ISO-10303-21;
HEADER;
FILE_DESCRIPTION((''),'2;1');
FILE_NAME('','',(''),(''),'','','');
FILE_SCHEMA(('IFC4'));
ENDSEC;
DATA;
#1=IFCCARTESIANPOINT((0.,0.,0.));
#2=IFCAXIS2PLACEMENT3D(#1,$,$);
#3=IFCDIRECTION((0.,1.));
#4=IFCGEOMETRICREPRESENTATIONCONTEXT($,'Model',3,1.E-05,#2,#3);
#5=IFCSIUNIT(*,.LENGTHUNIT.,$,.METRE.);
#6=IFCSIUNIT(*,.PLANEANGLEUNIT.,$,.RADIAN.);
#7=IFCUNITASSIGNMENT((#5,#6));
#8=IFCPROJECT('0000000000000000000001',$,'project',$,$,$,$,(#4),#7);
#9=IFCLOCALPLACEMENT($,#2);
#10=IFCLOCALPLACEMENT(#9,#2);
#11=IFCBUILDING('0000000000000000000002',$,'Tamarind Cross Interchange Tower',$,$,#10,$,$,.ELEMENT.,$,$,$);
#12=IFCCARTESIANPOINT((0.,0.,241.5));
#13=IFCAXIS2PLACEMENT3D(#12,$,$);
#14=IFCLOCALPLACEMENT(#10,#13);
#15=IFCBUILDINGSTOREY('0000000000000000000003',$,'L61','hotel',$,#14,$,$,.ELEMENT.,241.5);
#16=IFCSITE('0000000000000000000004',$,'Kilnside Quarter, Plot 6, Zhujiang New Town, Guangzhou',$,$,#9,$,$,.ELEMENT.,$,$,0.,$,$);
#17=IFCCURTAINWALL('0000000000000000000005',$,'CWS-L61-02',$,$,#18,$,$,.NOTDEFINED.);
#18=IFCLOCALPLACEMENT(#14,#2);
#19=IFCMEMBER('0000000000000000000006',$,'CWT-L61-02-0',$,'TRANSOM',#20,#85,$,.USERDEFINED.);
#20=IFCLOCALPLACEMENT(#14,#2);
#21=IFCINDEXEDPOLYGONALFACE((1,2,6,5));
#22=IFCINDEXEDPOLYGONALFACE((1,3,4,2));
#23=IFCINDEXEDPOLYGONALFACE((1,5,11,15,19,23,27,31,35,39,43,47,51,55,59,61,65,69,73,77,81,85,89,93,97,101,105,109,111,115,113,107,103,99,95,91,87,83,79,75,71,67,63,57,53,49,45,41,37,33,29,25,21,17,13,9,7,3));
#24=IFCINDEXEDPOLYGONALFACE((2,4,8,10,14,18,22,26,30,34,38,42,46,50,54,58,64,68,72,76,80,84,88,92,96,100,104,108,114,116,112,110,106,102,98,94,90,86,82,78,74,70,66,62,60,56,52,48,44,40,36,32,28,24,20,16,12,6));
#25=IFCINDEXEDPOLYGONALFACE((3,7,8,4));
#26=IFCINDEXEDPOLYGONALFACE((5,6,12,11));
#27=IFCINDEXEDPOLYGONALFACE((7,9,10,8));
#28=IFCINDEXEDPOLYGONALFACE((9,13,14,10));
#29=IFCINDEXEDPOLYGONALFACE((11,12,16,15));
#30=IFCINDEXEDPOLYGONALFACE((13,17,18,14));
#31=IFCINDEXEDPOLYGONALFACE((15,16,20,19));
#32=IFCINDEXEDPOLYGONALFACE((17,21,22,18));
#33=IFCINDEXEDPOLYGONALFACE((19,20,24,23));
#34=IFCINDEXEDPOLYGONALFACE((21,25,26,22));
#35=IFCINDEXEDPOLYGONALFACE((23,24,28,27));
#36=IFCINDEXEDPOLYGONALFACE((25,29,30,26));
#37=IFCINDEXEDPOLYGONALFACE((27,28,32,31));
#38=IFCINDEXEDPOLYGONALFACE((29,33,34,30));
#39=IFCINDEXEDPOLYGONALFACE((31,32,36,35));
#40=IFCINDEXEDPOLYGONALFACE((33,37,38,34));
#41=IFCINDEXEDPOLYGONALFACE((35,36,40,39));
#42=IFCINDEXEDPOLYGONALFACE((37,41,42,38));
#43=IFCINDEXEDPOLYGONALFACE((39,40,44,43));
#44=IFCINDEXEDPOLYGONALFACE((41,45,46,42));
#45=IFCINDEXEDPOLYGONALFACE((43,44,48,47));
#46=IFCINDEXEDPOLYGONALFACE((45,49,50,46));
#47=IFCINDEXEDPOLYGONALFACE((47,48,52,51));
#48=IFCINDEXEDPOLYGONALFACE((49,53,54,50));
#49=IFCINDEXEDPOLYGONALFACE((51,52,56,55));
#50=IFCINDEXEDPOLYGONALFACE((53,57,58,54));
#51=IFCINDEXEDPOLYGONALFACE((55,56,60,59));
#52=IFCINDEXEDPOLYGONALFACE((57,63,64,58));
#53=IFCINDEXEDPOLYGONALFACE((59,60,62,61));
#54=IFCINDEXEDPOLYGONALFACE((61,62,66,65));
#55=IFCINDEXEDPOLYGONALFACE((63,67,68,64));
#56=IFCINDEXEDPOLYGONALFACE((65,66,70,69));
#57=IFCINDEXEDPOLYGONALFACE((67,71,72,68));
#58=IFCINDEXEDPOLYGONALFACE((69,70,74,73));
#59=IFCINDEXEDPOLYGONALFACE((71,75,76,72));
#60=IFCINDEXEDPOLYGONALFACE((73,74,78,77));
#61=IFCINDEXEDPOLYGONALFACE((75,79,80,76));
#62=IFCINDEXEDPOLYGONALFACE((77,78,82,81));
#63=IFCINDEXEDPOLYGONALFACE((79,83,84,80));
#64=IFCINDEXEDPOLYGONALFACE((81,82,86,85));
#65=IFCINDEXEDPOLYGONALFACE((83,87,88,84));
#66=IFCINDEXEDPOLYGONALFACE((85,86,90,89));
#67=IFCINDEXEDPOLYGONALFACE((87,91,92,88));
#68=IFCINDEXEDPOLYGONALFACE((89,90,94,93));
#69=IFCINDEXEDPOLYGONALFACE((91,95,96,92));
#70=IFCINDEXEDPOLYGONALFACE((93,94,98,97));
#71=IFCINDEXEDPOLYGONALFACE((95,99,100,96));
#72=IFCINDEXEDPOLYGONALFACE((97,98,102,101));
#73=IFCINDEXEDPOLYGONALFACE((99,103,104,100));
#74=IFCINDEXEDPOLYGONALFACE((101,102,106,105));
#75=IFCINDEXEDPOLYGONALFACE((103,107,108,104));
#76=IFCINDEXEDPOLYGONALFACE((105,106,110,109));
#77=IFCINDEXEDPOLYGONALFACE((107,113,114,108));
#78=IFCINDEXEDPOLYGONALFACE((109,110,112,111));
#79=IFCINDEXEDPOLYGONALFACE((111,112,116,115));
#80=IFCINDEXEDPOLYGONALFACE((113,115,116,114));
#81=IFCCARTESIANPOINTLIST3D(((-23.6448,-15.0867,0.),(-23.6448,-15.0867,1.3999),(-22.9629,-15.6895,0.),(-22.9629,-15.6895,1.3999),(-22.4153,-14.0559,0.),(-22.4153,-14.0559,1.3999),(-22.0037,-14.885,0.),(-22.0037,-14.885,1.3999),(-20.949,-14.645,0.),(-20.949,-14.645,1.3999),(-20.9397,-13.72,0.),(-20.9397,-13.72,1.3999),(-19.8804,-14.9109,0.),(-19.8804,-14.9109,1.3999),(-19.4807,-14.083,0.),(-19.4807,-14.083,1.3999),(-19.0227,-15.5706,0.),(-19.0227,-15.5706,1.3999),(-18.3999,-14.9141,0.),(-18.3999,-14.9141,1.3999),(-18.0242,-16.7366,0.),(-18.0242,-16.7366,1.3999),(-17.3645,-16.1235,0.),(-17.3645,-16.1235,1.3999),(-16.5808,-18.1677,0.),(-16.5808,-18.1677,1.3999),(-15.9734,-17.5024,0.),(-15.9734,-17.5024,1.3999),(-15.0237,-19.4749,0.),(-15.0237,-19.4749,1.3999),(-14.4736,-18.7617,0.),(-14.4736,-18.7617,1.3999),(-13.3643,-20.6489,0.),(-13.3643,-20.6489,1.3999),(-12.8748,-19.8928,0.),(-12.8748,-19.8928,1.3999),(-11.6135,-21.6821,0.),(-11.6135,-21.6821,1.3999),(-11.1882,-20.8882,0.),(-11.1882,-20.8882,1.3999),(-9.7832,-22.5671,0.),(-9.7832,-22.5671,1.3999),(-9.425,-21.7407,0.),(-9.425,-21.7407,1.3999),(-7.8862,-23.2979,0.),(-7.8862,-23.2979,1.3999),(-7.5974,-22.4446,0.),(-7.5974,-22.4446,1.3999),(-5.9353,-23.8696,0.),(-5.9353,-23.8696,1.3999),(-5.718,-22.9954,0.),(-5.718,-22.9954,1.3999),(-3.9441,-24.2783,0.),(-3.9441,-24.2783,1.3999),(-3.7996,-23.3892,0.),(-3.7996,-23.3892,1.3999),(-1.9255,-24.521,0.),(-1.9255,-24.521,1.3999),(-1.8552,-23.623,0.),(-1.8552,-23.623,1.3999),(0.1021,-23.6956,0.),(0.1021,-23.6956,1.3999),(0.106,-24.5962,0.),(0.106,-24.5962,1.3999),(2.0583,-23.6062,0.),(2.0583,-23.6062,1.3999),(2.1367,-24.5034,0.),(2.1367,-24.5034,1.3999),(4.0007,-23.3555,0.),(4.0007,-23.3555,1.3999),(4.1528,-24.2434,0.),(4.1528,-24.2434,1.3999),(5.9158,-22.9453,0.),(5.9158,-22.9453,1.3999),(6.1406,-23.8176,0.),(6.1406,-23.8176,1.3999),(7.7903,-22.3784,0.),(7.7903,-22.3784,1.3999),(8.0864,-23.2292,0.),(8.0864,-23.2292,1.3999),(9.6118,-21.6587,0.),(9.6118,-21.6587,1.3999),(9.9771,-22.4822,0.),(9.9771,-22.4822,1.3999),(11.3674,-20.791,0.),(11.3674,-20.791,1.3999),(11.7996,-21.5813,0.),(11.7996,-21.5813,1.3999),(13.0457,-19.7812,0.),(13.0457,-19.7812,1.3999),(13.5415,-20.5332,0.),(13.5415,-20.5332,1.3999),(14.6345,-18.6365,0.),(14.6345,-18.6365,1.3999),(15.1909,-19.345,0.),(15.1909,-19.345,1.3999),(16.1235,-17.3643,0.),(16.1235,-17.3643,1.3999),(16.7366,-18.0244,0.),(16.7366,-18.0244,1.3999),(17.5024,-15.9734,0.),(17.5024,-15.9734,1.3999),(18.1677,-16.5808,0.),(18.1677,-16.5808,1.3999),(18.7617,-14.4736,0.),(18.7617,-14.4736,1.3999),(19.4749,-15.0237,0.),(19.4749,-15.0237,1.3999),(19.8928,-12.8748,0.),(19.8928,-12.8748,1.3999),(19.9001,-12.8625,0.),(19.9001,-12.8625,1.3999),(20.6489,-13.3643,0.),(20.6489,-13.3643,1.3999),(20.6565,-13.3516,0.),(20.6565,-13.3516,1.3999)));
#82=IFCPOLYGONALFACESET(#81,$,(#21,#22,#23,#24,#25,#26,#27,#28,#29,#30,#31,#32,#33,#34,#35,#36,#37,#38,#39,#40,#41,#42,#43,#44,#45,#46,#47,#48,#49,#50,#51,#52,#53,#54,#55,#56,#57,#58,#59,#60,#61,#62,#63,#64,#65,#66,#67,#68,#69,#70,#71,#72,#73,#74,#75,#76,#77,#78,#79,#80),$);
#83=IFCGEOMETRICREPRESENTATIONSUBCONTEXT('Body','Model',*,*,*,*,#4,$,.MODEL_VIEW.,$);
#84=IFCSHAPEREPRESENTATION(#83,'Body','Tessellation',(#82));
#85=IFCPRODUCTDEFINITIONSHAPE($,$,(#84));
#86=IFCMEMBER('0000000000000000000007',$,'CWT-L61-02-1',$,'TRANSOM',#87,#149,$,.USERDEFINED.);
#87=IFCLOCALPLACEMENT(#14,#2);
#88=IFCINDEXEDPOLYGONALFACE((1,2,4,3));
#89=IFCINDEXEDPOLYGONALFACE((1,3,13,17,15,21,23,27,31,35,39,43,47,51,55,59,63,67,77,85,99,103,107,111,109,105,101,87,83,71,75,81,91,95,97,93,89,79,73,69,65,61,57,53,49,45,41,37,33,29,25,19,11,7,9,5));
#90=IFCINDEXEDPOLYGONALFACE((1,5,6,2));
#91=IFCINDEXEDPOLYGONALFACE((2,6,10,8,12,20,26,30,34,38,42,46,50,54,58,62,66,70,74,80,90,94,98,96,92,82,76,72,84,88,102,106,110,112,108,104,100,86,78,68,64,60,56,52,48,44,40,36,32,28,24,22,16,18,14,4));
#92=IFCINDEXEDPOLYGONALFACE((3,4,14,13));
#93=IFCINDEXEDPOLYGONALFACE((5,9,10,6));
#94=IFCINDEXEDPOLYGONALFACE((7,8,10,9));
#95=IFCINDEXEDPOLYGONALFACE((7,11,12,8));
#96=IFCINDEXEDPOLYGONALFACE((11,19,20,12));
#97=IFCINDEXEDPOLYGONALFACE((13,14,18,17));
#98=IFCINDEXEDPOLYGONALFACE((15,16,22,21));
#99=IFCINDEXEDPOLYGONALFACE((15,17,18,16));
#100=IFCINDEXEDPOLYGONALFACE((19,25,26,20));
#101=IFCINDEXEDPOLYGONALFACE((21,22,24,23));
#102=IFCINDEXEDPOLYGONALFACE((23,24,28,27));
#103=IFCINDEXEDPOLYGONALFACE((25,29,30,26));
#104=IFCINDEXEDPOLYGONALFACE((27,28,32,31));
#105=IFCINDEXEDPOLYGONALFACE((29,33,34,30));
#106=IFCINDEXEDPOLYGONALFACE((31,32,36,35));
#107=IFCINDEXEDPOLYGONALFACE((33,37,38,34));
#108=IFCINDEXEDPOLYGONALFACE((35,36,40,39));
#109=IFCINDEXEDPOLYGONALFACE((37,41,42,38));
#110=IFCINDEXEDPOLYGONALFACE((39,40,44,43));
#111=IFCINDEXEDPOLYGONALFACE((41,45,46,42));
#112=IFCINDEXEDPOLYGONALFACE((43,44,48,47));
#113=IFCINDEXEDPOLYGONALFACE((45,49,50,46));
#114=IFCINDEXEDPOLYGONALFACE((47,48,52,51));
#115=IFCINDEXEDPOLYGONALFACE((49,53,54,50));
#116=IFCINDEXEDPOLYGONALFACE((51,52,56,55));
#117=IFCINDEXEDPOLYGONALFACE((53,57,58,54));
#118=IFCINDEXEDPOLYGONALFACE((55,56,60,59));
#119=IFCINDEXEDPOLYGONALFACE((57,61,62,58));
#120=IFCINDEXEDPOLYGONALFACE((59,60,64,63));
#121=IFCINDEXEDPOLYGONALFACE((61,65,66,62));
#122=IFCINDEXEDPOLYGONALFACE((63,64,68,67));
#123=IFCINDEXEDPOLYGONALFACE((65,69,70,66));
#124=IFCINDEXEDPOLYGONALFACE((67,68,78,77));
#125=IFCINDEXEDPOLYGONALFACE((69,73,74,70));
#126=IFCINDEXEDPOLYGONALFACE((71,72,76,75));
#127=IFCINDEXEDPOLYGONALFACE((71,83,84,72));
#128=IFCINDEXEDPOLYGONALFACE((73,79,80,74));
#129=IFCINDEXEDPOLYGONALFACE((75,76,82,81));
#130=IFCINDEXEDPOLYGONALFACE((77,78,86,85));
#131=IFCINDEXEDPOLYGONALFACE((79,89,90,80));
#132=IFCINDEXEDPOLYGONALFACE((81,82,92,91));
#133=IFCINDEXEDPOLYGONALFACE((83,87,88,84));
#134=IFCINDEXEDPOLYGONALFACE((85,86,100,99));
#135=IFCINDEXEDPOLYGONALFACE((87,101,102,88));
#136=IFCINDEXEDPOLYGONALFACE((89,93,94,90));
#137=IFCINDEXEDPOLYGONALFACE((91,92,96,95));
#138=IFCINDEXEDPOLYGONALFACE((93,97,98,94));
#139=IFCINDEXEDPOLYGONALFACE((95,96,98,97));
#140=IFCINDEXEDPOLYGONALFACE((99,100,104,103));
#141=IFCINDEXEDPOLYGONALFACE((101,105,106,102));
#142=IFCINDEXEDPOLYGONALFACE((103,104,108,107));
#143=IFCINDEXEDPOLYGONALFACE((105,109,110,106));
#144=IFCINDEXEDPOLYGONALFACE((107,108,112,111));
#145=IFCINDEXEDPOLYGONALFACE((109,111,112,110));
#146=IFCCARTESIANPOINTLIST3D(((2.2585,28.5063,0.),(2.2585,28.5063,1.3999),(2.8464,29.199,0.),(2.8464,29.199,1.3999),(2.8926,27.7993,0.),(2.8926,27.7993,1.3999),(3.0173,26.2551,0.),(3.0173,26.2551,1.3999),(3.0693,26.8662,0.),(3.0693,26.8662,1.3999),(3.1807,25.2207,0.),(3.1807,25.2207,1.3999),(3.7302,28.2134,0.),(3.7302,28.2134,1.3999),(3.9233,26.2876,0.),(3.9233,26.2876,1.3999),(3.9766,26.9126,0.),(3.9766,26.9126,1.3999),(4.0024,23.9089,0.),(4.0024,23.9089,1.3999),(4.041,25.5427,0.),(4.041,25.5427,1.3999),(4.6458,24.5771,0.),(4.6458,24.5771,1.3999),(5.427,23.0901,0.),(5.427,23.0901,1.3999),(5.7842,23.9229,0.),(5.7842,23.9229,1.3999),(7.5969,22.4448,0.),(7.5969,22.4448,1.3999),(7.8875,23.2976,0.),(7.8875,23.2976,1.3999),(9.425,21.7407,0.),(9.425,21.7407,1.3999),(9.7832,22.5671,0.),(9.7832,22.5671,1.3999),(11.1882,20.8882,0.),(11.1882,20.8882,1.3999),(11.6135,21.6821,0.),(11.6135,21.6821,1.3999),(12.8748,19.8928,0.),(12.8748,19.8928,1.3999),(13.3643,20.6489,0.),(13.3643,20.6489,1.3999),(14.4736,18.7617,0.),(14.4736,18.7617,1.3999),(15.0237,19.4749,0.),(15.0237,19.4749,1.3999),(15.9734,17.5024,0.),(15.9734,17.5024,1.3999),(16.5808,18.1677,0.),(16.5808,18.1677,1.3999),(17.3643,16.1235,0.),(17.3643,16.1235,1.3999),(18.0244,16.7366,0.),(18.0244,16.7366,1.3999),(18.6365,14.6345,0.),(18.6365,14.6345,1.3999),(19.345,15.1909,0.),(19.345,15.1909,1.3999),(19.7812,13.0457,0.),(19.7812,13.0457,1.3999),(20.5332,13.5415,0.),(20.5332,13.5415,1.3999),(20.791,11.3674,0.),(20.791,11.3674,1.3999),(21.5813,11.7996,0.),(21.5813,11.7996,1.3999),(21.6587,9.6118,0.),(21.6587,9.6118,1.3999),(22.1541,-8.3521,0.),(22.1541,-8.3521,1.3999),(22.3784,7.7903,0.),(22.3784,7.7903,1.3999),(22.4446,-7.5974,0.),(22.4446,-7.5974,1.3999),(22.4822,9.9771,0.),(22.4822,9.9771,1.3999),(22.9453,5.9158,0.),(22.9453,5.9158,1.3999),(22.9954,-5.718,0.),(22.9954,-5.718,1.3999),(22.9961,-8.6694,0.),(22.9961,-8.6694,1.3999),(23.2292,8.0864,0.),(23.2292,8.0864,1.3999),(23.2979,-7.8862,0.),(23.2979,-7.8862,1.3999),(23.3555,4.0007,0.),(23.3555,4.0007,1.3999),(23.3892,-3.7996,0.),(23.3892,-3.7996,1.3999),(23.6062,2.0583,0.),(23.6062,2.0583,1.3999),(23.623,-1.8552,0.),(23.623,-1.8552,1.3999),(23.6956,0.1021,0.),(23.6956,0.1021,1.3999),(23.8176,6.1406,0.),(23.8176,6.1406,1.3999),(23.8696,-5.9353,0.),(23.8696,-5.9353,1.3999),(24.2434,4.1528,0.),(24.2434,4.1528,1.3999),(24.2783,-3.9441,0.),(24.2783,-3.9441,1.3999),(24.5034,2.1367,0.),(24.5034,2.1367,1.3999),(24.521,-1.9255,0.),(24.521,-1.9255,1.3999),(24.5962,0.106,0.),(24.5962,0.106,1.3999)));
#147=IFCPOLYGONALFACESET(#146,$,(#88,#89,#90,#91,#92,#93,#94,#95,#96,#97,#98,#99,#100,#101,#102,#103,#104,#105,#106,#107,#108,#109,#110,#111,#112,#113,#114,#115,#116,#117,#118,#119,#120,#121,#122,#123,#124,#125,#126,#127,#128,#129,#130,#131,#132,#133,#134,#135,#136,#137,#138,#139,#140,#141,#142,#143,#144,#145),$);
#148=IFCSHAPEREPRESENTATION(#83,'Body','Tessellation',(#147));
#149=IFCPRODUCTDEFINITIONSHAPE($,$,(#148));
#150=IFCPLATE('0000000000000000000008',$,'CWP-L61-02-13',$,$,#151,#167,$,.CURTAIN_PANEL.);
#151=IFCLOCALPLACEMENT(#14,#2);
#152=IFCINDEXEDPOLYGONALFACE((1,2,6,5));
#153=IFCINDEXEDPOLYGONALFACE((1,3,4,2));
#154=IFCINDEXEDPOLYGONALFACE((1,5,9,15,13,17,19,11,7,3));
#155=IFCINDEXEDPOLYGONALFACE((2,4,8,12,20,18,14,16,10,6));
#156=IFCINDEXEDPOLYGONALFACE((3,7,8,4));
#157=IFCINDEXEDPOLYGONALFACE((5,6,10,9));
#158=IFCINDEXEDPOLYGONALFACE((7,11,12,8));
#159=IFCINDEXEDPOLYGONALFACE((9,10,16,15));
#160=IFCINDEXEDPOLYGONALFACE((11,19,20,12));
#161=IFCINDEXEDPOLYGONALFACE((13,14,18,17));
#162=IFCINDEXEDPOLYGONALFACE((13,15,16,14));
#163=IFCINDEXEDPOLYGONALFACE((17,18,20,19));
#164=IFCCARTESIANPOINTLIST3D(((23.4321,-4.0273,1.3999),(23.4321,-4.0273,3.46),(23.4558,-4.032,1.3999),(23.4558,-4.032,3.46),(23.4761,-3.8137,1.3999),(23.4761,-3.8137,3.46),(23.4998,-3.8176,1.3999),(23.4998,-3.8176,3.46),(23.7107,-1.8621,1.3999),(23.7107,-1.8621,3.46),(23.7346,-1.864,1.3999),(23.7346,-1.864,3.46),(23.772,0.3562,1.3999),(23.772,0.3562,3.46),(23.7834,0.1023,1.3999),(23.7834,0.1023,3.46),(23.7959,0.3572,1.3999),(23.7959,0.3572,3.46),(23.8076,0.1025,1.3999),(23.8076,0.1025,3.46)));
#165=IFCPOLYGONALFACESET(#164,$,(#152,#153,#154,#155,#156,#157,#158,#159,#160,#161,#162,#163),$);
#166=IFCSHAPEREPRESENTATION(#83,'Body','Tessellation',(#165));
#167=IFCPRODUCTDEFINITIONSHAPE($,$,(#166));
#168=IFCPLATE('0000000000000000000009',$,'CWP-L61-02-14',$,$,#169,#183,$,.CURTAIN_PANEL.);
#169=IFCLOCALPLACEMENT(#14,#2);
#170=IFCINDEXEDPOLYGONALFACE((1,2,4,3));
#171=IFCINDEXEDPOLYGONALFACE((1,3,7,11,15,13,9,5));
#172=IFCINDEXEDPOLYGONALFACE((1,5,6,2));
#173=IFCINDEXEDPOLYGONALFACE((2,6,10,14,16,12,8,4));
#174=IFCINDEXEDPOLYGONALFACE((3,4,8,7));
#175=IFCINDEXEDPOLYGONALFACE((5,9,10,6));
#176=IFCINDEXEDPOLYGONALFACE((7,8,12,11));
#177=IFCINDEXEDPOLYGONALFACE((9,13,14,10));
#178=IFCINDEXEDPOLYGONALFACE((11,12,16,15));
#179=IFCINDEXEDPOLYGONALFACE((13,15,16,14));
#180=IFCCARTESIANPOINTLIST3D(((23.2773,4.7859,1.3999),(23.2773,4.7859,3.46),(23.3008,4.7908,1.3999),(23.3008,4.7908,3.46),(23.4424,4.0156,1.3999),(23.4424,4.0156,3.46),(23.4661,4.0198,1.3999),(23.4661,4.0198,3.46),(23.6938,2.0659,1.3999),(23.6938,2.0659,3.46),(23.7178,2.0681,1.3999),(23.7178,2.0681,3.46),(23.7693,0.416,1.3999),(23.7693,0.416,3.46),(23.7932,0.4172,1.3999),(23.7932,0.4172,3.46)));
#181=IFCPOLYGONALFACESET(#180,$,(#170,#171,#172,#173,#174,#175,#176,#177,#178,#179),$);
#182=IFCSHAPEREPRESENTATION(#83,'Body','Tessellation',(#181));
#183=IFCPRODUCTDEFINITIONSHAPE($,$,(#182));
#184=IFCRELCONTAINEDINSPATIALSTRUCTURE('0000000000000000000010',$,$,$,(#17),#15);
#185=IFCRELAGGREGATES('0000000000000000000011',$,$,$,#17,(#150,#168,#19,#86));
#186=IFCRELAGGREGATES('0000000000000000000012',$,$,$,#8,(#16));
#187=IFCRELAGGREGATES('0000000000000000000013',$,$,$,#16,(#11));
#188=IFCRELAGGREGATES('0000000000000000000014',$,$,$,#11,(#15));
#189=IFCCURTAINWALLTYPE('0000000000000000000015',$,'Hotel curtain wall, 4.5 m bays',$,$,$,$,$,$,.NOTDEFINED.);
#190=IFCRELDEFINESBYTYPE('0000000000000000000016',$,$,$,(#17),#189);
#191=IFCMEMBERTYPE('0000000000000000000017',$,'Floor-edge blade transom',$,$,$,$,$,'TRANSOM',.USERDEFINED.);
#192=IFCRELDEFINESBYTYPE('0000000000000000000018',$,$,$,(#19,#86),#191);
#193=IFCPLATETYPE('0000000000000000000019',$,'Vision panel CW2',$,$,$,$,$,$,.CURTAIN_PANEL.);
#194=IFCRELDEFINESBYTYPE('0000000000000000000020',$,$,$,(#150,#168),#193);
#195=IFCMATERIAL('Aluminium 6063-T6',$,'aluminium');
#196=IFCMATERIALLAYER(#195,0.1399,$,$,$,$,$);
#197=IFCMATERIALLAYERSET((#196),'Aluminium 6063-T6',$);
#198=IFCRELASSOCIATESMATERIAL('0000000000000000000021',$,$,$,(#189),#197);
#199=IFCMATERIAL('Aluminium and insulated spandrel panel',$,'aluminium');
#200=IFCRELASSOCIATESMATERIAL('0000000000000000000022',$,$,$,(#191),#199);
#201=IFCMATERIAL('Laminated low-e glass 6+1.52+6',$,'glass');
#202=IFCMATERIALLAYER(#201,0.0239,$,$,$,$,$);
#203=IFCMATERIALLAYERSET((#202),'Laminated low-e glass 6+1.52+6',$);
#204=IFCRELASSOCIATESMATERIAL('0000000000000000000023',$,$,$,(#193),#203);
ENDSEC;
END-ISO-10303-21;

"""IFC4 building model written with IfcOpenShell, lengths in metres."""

from ifc_helpers import new_model, si_unit, direction, frame, origin, place, context, subcontext, project, spatial, polyline, outline, extrude, material, layer, layer_set, type_object, element, aggregate, save


model = new_model("IFC4")

# Units and contexts
model_context = context("Model", 3, precision=1e-05, world=origin(), true_north=direction((0.0, 1.0)))
body_context = subcontext(model_context, "Body", "Model", "MODEL_VIEW")
ifc_project = project(units=[si_unit("LENGTHUNIT", "METRE"), si_unit("PLANEANGLEUNIT", "RADIAN")], contexts=[model_context])

# Site, building, storey
site_placement = place(None, origin())
site = spatial("IfcSite", under=ifc_project, at=site_placement, Name="Kilnside Quarter, Plot 6, Zhujiang New Town, Guangzhou", CompositionType="ELEMENT", RefElevation=0.0)
building_placement = place(site_placement, origin())
building = spatial("IfcBuilding", under=site, at=building_placement, Name="Tamarind Cross Interchange Tower", CompositionType="ELEMENT")
storey_placement = place(building_placement, frame((0.0, 0.0, 241.5)))
storey = spatial("IfcBuildingStorey", under=building, at=storey_placement, Name="L61", Description="hotel", CompositionType="ELEMENT", Elevation=241.5)

# Curtain wall, members, plates
ifc_material_1 = material(Name="Aluminium 6063-T6", Category="aluminium")
ifc_layer_1 = layer(ifc_material_1, 0.1399)
ifc_layer_set_1 = layer_set([ifc_layer_1], Name="Aluminium 6063-T6")
curtain_wall_type = type_object("IfcCurtainWallType", Name="Hotel curtain wall, 4.5 m bays", PredefinedType="NOTDEFINED", material=ifc_layer_set_1)
curtain_wall_placement = place(storey_placement, origin())
curtain_wall = element("IfcCurtainWall", 1, at=curtain_wall_placement, inside=storey, type_object=curtain_wall_type, Name="CWS-L61-02", PredefinedType="NOTDEFINED")
ifc_material_2 = material(Name="Aluminium and insulated spandrel panel", Category="aluminium")
member_type = type_object("IfcMemberType", Name="Floor-edge blade transom", ElementType="TRANSOM", PredefinedType="USERDEFINED", material=ifc_material_2)
member_1_placement = place(storey_placement, origin())
member_1 = element("IfcMember", 2, at=member_1_placement, type_object=member_type, Name="CWT-L61-02-0", ObjectType="TRANSOM", PredefinedType="USERDEFINED", context=body_context, shape_type="SweptSolid", body=[
    extrude(outline(polyline([(-23.6448, -15.0867), (-22.4153, -14.0559), (-20.9397, -13.72), (-19.4807, -14.083), (-18.3999, -14.9141), (-17.3645, -16.1235), (-15.9734, -17.5024), (-14.4736, -18.7617), (-12.8748, -19.8928), (-11.1882, -20.8882), (-9.425, -21.7407), (-7.5974, -22.4446), (-5.718, -22.9954), (-3.7996, -23.3892), (-1.8552, -23.623), (0.1021, -23.6956), (2.0583, -23.6062), (4.0007, -23.3555), (5.9158, -22.9453), (7.7903, -22.3784), (9.6118, -21.6587), (11.3674, -20.791), (13.0457, -19.7812), (14.6345, -18.6365), (16.1235, -17.3643), (17.5024, -15.9734), (18.7617, -14.4736), (19.8928, -12.8748), (19.9001, -12.8625), (20.6565, -13.3516), (20.6489, -13.3643), (19.4749, -15.0237), (18.1677, -16.5808), (16.7366, -18.0244), (15.1909, -19.345), (13.5415, -20.5332), (11.7996, -21.5813), (9.9771, -22.4822), (8.0864, -23.2292), (6.1406, -23.8176), (4.1528, -24.2434), (2.1367, -24.5034), (0.106, -24.5962), (-1.9255, -24.521), (-3.9441, -24.2783), (-5.9353, -23.8696), (-7.8862, -23.2979), (-9.7832, -22.5671), (-11.6135, -21.6821), (-13.3643, -20.6489), (-15.0237, -19.4749), (-16.5808, -18.1677), (-18.0242, -16.7366), (-19.0227, -15.5706), (-19.8804, -14.9109), (-20.949, -14.645), (-22.0037, -14.885), (-22.9629, -15.6895), (-23.6448, -15.0867)])), origin(), (0.0, 0.0, 1.0), 1.3999),
])
member_2_placement = place(storey_placement, origin())
member_2 = element("IfcMember", 3, at=member_2_placement, type_object=member_type, Name="CWT-L61-02-1", ObjectType="TRANSOM", PredefinedType="USERDEFINED", context=body_context, shape_type="SweptSolid", body=[
    extrude(outline(polyline([(22.1541, -8.3521), (22.4446, -7.5974), (22.9954, -5.718), (23.3892, -3.7996), (23.623, -1.8552), (23.6956, 0.1021), (23.6062, 2.0583), (23.3555, 4.0007), (22.9453, 5.9158), (22.3784, 7.7903), (21.6587, 9.6118), (20.791, 11.3674), (19.7812, 13.0457), (18.6365, 14.6345), (17.3643, 16.1235), (15.9734, 17.5024), (14.4736, 18.7617), (12.8748, 19.8928), (11.1882, 20.8882), (9.425, 21.7407), (7.5969, 22.4448), (5.427, 23.0901), (4.0024, 23.9089), (3.1807, 25.2207), (3.0173, 26.2551), (3.0693, 26.8662), (2.8926, 27.7993), (2.2585, 28.5063), (2.8464, 29.199), (3.7302, 28.2134), (3.9766, 26.9126), (3.9233, 26.2876), (4.041, 25.5427), (4.6458, 24.5771), (5.7842, 23.9229), (7.8875, 23.2976), (9.7832, 22.5671), (11.6135, 21.6821), (13.3643, 20.6489), (15.0237, 19.4749), (16.5808, 18.1677), (18.0244, 16.7366), (19.345, 15.1909), (20.5332, 13.5415), (21.5813, 11.7996), (22.4822, 9.9771), (23.2292, 8.0864), (23.8176, 6.1406), (24.2434, 4.1528), (24.5034, 2.1367), (24.5962, 0.106), (24.521, -1.9255), (24.2783, -3.9441), (23.8696, -5.9353), (23.2979, -7.8862), (22.9961, -8.6694), (22.1541, -8.3521)])), origin(), (0.0, 0.0, 1.0), 1.3999),
])
ifc_material_3 = material(Name="Laminated low-e glass 6+1.52+6", Category="glass")
ifc_layer_2 = layer(ifc_material_3, 0.0239)
ifc_layer_set_2 = layer_set([ifc_layer_2], Name="Laminated low-e glass 6+1.52+6")
plate_type = type_object("IfcPlateType", Name="Vision panel CW2", PredefinedType="CURTAIN_PANEL", material=ifc_layer_set_2)
plate_1_placement = place(storey_placement, frame((0.0, 0.0, 1.3999)))
plate_1 = element("IfcPlate", 4, at=plate_1_placement, type_object=plate_type, Name="CWP-L61-02-13", PredefinedType="CURTAIN_PANEL", context=body_context, shape_type="SweptSolid", body=[
    extrude(outline(polyline([(23.4321, -4.0273), (23.4761, -3.8137), (23.7107, -1.8621), (23.7834, 0.1023), (23.772, 0.3562), (23.7959, 0.3572), (23.8076, 0.1025), (23.7346, -1.864), (23.4998, -3.8176), (23.4558, -4.032), (23.4321, -4.0273)])), origin(), (0.0, 0.0, 1.0), 2.0601),
])
plate_2_placement = place(storey_placement, frame((0.0, 0.0, 1.3999)))
plate_2 = element("IfcPlate", 5, at=plate_2_placement, type_object=plate_type, Name="CWP-L61-02-14", PredefinedType="CURTAIN_PANEL", context=body_context, shape_type="SweptSolid", body=[
    extrude(outline(polyline([(23.7693, 0.416), (23.6938, 2.0659), (23.4424, 4.0156), (23.2773, 4.7859), (23.3008, 4.7908), (23.4661, 4.0198), (23.7178, 2.0681), (23.7932, 0.4172), (23.7693, 0.416)])), origin(), (0.0, 0.0, 1.0), 2.0601),
])
aggregate(curtain_wall, [plate_1, plate_2, member_1, member_2])

save(model, "model.ifc")
